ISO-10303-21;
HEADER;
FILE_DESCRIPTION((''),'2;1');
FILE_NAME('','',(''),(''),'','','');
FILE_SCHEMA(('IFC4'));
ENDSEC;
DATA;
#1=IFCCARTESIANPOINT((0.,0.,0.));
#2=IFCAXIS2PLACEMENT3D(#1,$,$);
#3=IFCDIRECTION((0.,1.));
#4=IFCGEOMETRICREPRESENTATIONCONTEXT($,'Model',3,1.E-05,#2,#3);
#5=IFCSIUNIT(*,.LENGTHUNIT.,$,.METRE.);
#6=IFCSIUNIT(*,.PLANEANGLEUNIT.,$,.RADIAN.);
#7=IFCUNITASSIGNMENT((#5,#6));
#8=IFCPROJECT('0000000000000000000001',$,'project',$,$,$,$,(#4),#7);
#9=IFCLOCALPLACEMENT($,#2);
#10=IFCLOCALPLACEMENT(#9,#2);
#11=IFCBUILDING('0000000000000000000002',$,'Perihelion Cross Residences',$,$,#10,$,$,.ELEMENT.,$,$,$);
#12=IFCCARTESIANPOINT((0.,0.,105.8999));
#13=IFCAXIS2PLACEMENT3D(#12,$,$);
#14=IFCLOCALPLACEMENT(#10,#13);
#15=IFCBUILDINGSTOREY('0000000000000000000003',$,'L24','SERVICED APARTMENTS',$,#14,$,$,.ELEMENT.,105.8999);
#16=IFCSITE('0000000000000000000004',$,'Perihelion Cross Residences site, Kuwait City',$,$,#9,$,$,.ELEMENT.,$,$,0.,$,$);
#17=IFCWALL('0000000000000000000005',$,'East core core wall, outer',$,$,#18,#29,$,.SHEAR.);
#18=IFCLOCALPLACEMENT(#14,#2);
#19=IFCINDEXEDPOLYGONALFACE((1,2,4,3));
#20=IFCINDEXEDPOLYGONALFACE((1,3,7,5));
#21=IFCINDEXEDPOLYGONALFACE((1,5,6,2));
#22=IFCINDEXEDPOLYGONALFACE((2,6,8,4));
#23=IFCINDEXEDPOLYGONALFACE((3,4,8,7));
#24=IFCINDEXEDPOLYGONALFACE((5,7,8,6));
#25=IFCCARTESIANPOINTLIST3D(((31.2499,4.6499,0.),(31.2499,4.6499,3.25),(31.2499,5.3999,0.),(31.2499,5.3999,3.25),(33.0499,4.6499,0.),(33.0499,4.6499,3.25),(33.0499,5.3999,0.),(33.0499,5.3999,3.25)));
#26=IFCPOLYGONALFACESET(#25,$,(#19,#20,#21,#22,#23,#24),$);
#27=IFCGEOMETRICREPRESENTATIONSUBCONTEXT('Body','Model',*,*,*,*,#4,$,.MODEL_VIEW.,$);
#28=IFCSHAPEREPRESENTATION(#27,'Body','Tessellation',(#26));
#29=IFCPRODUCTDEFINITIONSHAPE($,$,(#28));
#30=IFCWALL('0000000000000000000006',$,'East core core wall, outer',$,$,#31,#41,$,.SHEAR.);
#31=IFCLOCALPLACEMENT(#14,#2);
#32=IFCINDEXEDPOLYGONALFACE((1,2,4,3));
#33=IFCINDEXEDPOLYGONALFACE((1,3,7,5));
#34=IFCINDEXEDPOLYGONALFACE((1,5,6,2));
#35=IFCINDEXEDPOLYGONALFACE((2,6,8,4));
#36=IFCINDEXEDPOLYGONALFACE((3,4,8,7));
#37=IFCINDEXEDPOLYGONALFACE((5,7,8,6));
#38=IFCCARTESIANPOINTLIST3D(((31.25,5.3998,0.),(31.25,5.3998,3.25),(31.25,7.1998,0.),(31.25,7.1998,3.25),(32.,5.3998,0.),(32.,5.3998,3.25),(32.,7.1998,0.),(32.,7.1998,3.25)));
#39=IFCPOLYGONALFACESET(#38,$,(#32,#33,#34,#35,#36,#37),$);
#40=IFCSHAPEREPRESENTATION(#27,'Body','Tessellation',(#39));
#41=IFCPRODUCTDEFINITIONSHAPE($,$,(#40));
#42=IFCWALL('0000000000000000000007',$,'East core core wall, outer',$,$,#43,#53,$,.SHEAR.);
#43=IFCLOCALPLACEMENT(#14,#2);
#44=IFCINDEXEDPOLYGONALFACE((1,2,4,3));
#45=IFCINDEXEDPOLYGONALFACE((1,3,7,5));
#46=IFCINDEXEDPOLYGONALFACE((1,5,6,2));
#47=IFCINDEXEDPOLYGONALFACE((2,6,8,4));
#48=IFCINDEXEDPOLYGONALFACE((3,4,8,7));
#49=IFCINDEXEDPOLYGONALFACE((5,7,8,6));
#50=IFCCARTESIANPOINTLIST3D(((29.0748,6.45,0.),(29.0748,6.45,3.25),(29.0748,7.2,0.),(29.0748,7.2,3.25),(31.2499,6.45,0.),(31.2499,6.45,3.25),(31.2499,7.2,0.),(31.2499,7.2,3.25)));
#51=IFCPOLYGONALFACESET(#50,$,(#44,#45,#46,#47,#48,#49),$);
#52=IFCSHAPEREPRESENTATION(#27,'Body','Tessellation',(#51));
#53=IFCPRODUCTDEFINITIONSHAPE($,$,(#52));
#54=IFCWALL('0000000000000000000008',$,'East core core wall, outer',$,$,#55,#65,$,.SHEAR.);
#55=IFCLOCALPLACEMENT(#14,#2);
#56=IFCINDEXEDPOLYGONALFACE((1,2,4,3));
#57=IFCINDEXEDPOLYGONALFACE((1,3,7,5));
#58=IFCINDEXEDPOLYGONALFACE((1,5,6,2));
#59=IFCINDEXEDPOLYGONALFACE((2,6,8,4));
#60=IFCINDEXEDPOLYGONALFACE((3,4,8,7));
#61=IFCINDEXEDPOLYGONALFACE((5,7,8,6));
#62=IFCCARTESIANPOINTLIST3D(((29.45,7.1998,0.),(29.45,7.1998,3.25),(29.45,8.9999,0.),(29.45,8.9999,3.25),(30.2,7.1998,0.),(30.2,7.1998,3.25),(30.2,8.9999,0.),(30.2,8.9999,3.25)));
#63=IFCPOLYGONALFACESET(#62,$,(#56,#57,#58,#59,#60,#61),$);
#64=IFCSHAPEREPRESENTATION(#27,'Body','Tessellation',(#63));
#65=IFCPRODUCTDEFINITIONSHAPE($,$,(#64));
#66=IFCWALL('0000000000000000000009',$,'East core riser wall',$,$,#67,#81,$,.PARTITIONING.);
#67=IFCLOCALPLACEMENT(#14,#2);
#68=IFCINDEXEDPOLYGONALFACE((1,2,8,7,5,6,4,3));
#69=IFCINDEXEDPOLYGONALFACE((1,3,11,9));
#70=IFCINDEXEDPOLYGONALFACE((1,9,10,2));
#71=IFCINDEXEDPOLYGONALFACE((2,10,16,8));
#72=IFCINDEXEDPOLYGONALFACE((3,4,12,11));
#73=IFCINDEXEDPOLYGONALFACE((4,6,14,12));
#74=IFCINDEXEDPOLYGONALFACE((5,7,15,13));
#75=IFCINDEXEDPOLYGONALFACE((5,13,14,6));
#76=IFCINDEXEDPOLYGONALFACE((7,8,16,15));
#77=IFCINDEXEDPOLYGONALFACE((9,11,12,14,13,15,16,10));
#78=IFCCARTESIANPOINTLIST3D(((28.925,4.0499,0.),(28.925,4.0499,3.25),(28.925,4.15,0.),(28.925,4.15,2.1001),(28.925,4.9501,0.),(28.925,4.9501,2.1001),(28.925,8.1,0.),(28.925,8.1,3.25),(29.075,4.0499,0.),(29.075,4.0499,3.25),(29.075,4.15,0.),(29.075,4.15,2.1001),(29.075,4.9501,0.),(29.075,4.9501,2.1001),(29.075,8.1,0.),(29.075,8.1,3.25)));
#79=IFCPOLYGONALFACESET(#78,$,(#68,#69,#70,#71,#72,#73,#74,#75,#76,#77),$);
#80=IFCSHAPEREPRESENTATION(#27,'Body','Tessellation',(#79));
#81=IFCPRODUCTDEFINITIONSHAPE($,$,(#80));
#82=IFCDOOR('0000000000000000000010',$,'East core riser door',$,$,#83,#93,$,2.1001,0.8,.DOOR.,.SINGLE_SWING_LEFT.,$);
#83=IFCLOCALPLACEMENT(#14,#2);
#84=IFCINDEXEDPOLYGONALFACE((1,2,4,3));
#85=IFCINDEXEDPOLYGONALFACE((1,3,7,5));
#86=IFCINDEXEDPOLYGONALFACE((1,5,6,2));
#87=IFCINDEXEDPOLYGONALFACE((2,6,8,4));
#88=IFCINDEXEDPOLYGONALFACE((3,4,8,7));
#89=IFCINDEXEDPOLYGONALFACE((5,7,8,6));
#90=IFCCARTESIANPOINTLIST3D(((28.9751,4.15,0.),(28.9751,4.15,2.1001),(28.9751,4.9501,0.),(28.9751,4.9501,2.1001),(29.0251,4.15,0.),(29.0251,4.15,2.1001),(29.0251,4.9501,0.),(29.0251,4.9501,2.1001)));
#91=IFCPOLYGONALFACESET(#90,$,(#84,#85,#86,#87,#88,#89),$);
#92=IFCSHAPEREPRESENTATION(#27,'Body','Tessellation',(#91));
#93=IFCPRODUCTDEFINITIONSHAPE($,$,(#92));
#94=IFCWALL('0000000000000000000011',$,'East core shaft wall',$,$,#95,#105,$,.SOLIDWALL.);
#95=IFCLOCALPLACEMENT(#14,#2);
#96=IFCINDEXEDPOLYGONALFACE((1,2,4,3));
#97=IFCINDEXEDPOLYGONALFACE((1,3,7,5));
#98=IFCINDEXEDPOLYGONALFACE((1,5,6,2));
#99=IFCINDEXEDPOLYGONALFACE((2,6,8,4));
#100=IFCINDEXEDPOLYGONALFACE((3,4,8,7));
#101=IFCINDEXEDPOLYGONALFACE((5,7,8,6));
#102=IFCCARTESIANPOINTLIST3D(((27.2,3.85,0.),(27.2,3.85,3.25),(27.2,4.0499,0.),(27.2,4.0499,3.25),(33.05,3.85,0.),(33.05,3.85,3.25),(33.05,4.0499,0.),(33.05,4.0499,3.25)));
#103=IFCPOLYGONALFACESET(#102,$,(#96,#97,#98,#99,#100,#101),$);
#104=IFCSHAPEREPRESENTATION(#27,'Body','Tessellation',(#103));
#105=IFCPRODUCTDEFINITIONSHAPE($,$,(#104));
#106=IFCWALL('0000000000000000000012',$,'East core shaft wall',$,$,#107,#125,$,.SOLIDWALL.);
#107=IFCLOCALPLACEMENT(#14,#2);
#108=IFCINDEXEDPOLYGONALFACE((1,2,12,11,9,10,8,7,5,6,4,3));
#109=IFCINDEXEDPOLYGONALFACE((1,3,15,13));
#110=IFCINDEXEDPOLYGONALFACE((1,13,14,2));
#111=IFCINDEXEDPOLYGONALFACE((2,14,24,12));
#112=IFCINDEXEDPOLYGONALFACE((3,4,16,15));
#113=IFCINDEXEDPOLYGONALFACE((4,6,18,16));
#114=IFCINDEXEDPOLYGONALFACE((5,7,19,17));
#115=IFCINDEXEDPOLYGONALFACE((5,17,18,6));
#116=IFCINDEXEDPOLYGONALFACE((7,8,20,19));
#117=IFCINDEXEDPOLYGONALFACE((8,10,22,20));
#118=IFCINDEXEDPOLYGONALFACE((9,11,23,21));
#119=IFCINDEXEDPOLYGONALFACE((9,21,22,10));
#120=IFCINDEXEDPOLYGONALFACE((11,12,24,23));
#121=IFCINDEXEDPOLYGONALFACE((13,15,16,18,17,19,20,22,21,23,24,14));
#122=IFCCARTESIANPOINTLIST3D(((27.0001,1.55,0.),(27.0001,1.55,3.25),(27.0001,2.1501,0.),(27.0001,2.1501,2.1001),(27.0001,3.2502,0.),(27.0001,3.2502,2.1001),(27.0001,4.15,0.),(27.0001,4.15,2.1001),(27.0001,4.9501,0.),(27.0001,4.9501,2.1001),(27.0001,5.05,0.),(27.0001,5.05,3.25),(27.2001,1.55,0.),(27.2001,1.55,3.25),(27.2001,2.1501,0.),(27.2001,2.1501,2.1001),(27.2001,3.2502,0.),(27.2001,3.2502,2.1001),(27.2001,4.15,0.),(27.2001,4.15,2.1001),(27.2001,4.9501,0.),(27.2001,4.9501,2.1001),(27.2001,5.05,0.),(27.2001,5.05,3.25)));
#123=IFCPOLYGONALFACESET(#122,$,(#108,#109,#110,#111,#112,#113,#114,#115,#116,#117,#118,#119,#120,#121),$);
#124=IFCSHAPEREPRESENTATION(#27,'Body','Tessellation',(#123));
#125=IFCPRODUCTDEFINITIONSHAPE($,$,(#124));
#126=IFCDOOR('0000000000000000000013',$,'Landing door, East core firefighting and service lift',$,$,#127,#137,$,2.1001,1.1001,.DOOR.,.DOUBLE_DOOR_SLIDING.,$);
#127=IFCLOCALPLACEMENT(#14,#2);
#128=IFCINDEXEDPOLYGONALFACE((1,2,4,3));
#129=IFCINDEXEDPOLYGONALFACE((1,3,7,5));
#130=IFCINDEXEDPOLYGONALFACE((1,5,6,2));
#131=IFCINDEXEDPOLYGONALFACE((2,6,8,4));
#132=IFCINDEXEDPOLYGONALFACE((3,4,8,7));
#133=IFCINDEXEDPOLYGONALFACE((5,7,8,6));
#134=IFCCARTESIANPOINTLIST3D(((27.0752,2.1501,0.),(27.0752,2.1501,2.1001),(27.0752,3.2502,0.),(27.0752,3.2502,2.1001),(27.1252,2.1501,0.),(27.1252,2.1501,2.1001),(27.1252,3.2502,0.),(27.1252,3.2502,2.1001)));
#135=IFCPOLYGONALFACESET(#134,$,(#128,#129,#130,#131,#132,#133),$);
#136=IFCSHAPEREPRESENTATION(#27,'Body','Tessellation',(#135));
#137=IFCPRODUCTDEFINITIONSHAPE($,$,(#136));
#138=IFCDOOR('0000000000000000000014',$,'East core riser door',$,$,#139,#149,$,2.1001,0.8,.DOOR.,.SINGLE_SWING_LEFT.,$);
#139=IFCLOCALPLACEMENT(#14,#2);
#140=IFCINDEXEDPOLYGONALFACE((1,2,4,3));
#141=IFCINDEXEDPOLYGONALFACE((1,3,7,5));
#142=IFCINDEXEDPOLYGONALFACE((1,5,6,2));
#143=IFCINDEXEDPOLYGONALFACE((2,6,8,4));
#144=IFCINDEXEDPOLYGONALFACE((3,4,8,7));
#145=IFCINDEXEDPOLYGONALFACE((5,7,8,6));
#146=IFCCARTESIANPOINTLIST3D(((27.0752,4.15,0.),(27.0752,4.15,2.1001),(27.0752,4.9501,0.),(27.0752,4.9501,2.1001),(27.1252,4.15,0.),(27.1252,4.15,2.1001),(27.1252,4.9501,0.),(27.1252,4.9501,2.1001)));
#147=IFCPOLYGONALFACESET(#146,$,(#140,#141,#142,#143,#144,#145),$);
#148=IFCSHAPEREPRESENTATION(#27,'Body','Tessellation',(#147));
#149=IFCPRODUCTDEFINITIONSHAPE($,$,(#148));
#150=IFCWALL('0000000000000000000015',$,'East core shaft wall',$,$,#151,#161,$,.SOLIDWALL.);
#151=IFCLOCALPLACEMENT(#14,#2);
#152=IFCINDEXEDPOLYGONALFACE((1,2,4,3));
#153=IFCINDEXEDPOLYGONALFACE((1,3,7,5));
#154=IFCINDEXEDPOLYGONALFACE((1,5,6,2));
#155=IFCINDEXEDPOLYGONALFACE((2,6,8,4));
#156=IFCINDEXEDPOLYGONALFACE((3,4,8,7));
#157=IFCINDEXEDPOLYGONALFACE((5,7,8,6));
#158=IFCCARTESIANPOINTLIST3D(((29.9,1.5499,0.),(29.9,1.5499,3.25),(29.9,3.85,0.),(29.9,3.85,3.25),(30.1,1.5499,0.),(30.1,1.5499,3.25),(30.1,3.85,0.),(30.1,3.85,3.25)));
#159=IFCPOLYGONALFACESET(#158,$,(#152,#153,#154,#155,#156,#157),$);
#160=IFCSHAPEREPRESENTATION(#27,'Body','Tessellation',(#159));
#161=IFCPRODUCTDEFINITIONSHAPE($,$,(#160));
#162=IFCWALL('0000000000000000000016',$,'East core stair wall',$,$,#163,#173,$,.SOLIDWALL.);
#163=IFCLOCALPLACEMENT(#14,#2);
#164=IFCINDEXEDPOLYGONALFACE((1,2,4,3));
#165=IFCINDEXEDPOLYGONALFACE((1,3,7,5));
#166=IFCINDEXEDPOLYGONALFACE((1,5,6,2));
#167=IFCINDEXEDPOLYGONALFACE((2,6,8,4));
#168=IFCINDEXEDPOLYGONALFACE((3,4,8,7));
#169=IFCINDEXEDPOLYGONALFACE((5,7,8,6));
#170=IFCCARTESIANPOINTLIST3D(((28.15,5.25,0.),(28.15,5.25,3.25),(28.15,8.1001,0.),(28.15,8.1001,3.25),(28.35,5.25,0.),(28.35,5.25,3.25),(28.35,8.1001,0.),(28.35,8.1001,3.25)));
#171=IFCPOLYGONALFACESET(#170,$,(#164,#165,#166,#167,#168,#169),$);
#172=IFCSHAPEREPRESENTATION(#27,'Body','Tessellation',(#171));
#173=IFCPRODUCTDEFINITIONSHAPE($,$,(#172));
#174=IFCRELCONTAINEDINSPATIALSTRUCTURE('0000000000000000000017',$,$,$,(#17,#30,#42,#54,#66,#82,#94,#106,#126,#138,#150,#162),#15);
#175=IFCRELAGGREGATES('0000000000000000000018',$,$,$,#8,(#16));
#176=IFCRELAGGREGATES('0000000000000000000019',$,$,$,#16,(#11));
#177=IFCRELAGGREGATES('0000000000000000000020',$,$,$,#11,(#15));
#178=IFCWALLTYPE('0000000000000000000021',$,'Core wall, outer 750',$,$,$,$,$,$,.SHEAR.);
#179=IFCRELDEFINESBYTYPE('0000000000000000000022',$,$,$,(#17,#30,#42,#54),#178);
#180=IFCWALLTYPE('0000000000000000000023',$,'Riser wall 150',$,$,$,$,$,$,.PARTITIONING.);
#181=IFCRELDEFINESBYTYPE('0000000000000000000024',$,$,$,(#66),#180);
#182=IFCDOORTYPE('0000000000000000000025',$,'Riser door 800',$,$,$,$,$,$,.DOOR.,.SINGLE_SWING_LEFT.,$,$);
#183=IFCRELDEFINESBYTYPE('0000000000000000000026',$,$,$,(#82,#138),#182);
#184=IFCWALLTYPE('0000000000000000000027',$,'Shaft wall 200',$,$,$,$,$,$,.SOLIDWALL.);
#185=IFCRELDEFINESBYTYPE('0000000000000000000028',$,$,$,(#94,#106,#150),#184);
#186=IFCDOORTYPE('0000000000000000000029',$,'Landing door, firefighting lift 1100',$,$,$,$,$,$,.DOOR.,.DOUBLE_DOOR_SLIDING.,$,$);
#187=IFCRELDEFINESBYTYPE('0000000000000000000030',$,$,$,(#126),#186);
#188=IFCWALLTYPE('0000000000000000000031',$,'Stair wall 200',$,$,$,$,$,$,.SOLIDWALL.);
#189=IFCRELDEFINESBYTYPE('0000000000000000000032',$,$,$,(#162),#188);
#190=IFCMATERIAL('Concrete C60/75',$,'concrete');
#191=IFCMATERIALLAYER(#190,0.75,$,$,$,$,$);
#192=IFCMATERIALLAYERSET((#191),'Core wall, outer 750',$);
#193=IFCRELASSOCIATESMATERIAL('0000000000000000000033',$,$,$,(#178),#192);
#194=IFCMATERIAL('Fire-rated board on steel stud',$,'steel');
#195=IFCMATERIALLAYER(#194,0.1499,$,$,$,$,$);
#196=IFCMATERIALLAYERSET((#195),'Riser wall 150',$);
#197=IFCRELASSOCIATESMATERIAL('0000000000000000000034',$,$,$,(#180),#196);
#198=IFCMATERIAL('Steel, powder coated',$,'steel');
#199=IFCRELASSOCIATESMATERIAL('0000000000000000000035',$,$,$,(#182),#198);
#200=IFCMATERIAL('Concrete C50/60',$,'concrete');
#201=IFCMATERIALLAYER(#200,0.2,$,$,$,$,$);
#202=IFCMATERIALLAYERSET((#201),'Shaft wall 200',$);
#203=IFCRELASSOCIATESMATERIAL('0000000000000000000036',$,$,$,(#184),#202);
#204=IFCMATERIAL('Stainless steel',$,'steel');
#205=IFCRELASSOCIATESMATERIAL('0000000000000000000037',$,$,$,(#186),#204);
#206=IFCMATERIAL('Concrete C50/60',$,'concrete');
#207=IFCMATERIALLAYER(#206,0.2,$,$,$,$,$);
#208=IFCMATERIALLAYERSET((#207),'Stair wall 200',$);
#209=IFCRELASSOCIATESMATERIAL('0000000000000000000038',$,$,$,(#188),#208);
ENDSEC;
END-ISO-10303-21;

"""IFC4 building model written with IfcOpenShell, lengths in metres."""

from ifc_helpers import new_model, si_unit, direction, frame, frame_2d, origin, place, context, subcontext, project, spatial, rectangle, extrude, material, layer, layer_set, type_object, element, fill, save


model = new_model("IFC4")

# Units and contexts
model_context = context("Model", 3, precision=1e-05, world=origin(), true_north=direction((0.0, 1.0)))
body_context = subcontext(model_context, "Body", "Model", "MODEL_VIEW")
ifc_project = project(units=[si_unit("LENGTHUNIT", "METRE"), si_unit("PLANEANGLEUNIT", "RADIAN")], contexts=[model_context])

# Site, building, storey
site_placement = place(None, origin())
site = spatial("IfcSite", under=ifc_project, at=site_placement, Name="Perihelion Cross Residences site, Kuwait City", CompositionType="ELEMENT", RefElevation=0.0)
building_placement = place(site_placement, origin())
building = spatial("IfcBuilding", under=site, at=building_placement, Name="Perihelion Cross Residences", CompositionType="ELEMENT")
storey_placement = place(building_placement, frame((0.0, 0.0, 105.8999)))
storey = spatial("IfcBuildingStorey", under=building, at=storey_placement, Name="L24", Description="SERVICED APARTMENTS", CompositionType="ELEMENT", Elevation=105.8999)

# Walls
ifc_material_1 = material(Name="Concrete C60/75", Category="concrete")
ifc_layer_1 = layer(ifc_material_1, 0.75)
ifc_layer_set_1 = layer_set([ifc_layer_1], Name="Core wall, outer 750")
wall_type_1 = type_object("IfcWallType", Name="Core wall, outer 750", PredefinedType="SHEAR", material=ifc_layer_set_1)
for number, where, z_axis, x_axis, name in (
    (1, (31.25, 5.0249, 0.0), (0.0, 0.0, 1.0), (1.0, 0.0, 0.0), "East core core wall, outer"),
    (2, (31.625, 5.3999, 0.0), (0.0, 0.0, 1.0), (0.0, 1.0, 0.0), "East core core wall, outer"),
):
    element("IfcWall", number, at=place(storey_placement, frame(where, z_axis=z_axis, x_axis=x_axis)), inside=storey, type_object=wall_type_1, Name=name, PredefinedType="SHEAR", context=body_context, shape_type="SweptSolid", body=[
        extrude(rectangle(XDim=1.8, YDim=0.75, at=frame_2d((0.8999, 0.0))), origin(), (0.0, 0.0, 1.0), 3.25),
    ])
wall_1_placement = place(storey_placement, frame((29.075, 6.825, 0.0), z_axis=(0.0, 0.0, 1.0), x_axis=(1.0, 0.0, 0.0)))
element("IfcWall", 3, at=wall_1_placement, inside=storey, type_object=wall_type_1, Name="East core core wall, outer", PredefinedType="SHEAR", context=body_context, shape_type="SweptSolid", body=[
    extrude(rectangle(XDim=2.175, YDim=0.75, at=frame_2d((1.0874, 0.0))), origin(), (0.0, 0.0, 1.0), 3.25),
])
wall_2_placement = place(storey_placement, frame((29.825, 7.2, 0.0), z_axis=(0.0, 0.0, 1.0), x_axis=(0.0, 1.0, 0.0)))
element("IfcWall", 4, at=wall_2_placement, inside=storey, type_object=wall_type_1, Name="East core core wall, outer", PredefinedType="SHEAR", context=body_context, shape_type="SweptSolid", body=[
    extrude(rectangle(XDim=1.8, YDim=0.75, at=frame_2d((0.8999, 0.0))), origin(), (0.0, 0.0, 1.0), 3.25),
])

# Wall, opening, door
ifc_material_2 = material(Name="Fire-rated board on steel stud", Category="steel")
ifc_layer_2 = layer(ifc_material_2, 0.1499)
ifc_layer_set_2 = layer_set([ifc_layer_2], Name="Riser wall 150")
wall_type_2 = type_object("IfcWallType", Name="Riser wall 150", PredefinedType="PARTITIONING", material=ifc_layer_set_2)
wall_3_placement = place(storey_placement, frame((29.0, 4.05, 0.0), z_axis=(0.0, 0.0, 1.0), x_axis=(0.0, 1.0, 0.0)))
wall_3 = element("IfcWall", 5, at=wall_3_placement, inside=storey, type_object=wall_type_2, Name="East core riser wall", PredefinedType="PARTITIONING", context=body_context, shape_type="SweptSolid", body=[
    extrude(rectangle(XDim=4.05, YDim=0.1499, at=frame_2d((2.0249, 0.0))), origin(), (0.0, 0.0, 1.0), 3.25),
])
opening_1_placement = place(wall_3_placement, frame((0.1001, 0.0, 0.0)))
opening_1 = element("IfcOpeningElement", 6, at=opening_1_placement, cuts=wall_3, PredefinedType="OPENING", context=body_context, shape_type="SweptSolid", body=[
    extrude(rectangle(XDim=0.8, YDim=2.1001, at=frame_2d((0.3999, 1.05))), frame((0.0, 0.085, 0.0), z_axis=(0.0, -1.0, 0.0), x_axis=(1.0, 0.0, 0.0)), (0.0, 0.0, 1.0), 0.1699),
])
ifc_material_3 = material(Name="Steel, powder coated", Category="steel")
door_type_1 = type_object("IfcDoorType", Name="Riser door 800", OperationType="SINGLE_SWING_LEFT", PredefinedType="DOOR", material=ifc_material_3)
door_1_placement = place(opening_1_placement, origin())
door_1 = element("IfcDoor", 7, at=door_1_placement, inside=storey, type_object=door_type_1, Name="East core riser door", OperationType="SINGLE_SWING_LEFT", OverallHeight=2.1001, OverallWidth=0.8, PredefinedType="DOOR", context=body_context, shape_type="SweptSolid", body=[
    extrude(rectangle(XDim=0.8, YDim=2.1001, at=frame_2d((0.3999, 1.05))), frame((0.0, 0.0249, 0.0), z_axis=(0.0, -1.0, 0.0), x_axis=(1.0, 0.0, 0.0)), (0.0, 0.0, 1.0), 0.05),
])
fill(opening_1, door_1)

# Wall
ifc_material_4 = material(Name="Concrete C50/60", Category="concrete")
ifc_layer_3 = layer(ifc_material_4, 0.2)
ifc_layer_set_3 = layer_set([ifc_layer_3], Name="Shaft wall 200")
wall_type_3 = type_object("IfcWallType", Name="Shaft wall 200", PredefinedType="SOLIDWALL", material=ifc_layer_set_3)
wall_4_placement = place(storey_placement, frame((27.2, 3.95, 0.0), z_axis=(0.0, 0.0, 1.0), x_axis=(1.0, 0.0, 0.0)))
element("IfcWall", 8, at=wall_4_placement, inside=storey, type_object=wall_type_3, Name="East core shaft wall", PredefinedType="SOLIDWALL", context=body_context, shape_type="SweptSolid", body=[
    extrude(rectangle(XDim=5.8501, YDim=0.2, at=frame_2d((2.925, 0.0))), origin(), (0.0, 0.0, 1.0), 3.25),
])

# Wall, openings, doors
wall_5_placement = place(storey_placement, frame((27.1001, 1.55, 0.0), z_axis=(0.0, 0.0, 1.0), x_axis=(0.0, 1.0, 0.0)))
wall_5 = element("IfcWall", 9, at=wall_5_placement, inside=storey, type_object=wall_type_3, Name="East core shaft wall", PredefinedType="SOLIDWALL", context=body_context, shape_type="SweptSolid", body=[
    extrude(rectangle(XDim=3.5, YDim=0.2, at=frame_2d((1.75, 0.0))), origin(), (0.0, 0.0, 1.0), 3.25),
])
opening_2_placement = place(wall_5_placement, frame((0.6001, 0.0, 0.0)))
opening_2 = element("IfcOpeningElement", 10, at=opening_2_placement, cuts=wall_5, PredefinedType="OPENING", context=body_context, shape_type="SweptSolid", body=[
    extrude(rectangle(XDim=1.1001, YDim=2.1001, at=frame_2d((0.55, 1.05))), frame((0.0, 0.1099, 0.0), z_axis=(0.0, -1.0, 0.0), x_axis=(1.0, 0.0, 0.0)), (0.0, 0.0, 1.0), 0.22),
])
opening_3_placement = place(wall_5_placement, frame((2.6001, 0.0, 0.0)))
opening_3 = element("IfcOpeningElement", 11, at=opening_3_placement, cuts=wall_5, PredefinedType="OPENING", context=body_context, shape_type="SweptSolid", body=[
    extrude(rectangle(XDim=0.8, YDim=2.1001, at=frame_2d((0.3999, 1.05))), frame((0.0, 0.1099, 0.0), z_axis=(0.0, -1.0, 0.0), x_axis=(1.0, 0.0, 0.0)), (0.0, 0.0, 1.0), 0.22),
])
ifc_material_5 = material(Name="Stainless steel", Category="steel")
door_type_2 = type_object("IfcDoorType", Name="Landing door, firefighting lift 1100", OperationType="DOUBLE_DOOR_SLIDING", PredefinedType="DOOR", material=ifc_material_5)
door_2_placement = place(opening_2_placement, origin())
door_2 = element("IfcDoor", 12, at=door_2_placement, inside=storey, type_object=door_type_2, Name="Landing door, East core firefighting and service lift", OperationType="DOUBLE_DOOR_SLIDING", OverallHeight=2.1001, OverallWidth=1.1001, PredefinedType="DOOR", context=body_context, shape_type="SweptSolid", body=[
    extrude(rectangle(XDim=1.1001, YDim=2.1001, at=frame_2d((0.55, 1.05))), frame((0.0, 0.0249, 0.0), z_axis=(0.0, -1.0, 0.0), x_axis=(1.0, 0.0, 0.0)), (0.0, 0.0, 1.0), 0.05),
])
fill(opening_2, door_2)
door_3_placement = place(opening_3_placement, origin())
door_3 = element("IfcDoor", 13, at=door_3_placement, inside=storey, type_object=door_type_1, Name="East core riser door", OperationType="SINGLE_SWING_LEFT", OverallHeight=2.1001, OverallWidth=0.8, PredefinedType="DOOR", context=body_context, shape_type="SweptSolid", body=[
    extrude(rectangle(XDim=0.8, YDim=2.1001, at=frame_2d((0.3999, 1.05))), frame((0.0, 0.0249, 0.0), z_axis=(0.0, -1.0, 0.0), x_axis=(1.0, 0.0, 0.0)), (0.0, 0.0, 1.0), 0.05),
])
fill(opening_3, door_3)

# Walls
wall_6_placement = place(storey_placement, frame((30.0, 1.55, 0.0), z_axis=(0.0, 0.0, 1.0), x_axis=(0.0, 1.0, 0.0)))
element("IfcWall", 14, at=wall_6_placement, inside=storey, type_object=wall_type_3, Name="East core shaft wall", PredefinedType="SOLIDWALL", context=body_context, shape_type="SweptSolid", body=[
    extrude(rectangle(XDim=2.3, YDim=0.2, at=frame_2d((1.1499, 0.0))), origin(), (0.0, 0.0, 1.0), 3.25),
])
ifc_material_6 = material(Name="Concrete C50/60", Category="concrete")
ifc_layer_4 = layer(ifc_material_6, 0.2)
ifc_layer_set_4 = layer_set([ifc_layer_4], Name="Stair wall 200")
wall_type_4 = type_object("IfcWallType", Name="Stair wall 200", PredefinedType="SOLIDWALL", material=ifc_layer_set_4)
wall_7_placement = place(storey_placement, frame((28.25, 5.25, 0.0), z_axis=(0.0, 0.0, 1.0), x_axis=(0.0, 1.0, 0.0)))
element("IfcWall", 15, at=wall_7_placement, inside=storey, type_object=wall_type_4, Name="East core stair wall", PredefinedType="SOLIDWALL", context=body_context, shape_type="SweptSolid", body=[
    extrude(rectangle(XDim=2.8501, YDim=0.2, at=frame_2d((1.425, 0.0))), origin(), (0.0, 0.0, 1.0), 3.25),
])

save(model, "model.ifc")
